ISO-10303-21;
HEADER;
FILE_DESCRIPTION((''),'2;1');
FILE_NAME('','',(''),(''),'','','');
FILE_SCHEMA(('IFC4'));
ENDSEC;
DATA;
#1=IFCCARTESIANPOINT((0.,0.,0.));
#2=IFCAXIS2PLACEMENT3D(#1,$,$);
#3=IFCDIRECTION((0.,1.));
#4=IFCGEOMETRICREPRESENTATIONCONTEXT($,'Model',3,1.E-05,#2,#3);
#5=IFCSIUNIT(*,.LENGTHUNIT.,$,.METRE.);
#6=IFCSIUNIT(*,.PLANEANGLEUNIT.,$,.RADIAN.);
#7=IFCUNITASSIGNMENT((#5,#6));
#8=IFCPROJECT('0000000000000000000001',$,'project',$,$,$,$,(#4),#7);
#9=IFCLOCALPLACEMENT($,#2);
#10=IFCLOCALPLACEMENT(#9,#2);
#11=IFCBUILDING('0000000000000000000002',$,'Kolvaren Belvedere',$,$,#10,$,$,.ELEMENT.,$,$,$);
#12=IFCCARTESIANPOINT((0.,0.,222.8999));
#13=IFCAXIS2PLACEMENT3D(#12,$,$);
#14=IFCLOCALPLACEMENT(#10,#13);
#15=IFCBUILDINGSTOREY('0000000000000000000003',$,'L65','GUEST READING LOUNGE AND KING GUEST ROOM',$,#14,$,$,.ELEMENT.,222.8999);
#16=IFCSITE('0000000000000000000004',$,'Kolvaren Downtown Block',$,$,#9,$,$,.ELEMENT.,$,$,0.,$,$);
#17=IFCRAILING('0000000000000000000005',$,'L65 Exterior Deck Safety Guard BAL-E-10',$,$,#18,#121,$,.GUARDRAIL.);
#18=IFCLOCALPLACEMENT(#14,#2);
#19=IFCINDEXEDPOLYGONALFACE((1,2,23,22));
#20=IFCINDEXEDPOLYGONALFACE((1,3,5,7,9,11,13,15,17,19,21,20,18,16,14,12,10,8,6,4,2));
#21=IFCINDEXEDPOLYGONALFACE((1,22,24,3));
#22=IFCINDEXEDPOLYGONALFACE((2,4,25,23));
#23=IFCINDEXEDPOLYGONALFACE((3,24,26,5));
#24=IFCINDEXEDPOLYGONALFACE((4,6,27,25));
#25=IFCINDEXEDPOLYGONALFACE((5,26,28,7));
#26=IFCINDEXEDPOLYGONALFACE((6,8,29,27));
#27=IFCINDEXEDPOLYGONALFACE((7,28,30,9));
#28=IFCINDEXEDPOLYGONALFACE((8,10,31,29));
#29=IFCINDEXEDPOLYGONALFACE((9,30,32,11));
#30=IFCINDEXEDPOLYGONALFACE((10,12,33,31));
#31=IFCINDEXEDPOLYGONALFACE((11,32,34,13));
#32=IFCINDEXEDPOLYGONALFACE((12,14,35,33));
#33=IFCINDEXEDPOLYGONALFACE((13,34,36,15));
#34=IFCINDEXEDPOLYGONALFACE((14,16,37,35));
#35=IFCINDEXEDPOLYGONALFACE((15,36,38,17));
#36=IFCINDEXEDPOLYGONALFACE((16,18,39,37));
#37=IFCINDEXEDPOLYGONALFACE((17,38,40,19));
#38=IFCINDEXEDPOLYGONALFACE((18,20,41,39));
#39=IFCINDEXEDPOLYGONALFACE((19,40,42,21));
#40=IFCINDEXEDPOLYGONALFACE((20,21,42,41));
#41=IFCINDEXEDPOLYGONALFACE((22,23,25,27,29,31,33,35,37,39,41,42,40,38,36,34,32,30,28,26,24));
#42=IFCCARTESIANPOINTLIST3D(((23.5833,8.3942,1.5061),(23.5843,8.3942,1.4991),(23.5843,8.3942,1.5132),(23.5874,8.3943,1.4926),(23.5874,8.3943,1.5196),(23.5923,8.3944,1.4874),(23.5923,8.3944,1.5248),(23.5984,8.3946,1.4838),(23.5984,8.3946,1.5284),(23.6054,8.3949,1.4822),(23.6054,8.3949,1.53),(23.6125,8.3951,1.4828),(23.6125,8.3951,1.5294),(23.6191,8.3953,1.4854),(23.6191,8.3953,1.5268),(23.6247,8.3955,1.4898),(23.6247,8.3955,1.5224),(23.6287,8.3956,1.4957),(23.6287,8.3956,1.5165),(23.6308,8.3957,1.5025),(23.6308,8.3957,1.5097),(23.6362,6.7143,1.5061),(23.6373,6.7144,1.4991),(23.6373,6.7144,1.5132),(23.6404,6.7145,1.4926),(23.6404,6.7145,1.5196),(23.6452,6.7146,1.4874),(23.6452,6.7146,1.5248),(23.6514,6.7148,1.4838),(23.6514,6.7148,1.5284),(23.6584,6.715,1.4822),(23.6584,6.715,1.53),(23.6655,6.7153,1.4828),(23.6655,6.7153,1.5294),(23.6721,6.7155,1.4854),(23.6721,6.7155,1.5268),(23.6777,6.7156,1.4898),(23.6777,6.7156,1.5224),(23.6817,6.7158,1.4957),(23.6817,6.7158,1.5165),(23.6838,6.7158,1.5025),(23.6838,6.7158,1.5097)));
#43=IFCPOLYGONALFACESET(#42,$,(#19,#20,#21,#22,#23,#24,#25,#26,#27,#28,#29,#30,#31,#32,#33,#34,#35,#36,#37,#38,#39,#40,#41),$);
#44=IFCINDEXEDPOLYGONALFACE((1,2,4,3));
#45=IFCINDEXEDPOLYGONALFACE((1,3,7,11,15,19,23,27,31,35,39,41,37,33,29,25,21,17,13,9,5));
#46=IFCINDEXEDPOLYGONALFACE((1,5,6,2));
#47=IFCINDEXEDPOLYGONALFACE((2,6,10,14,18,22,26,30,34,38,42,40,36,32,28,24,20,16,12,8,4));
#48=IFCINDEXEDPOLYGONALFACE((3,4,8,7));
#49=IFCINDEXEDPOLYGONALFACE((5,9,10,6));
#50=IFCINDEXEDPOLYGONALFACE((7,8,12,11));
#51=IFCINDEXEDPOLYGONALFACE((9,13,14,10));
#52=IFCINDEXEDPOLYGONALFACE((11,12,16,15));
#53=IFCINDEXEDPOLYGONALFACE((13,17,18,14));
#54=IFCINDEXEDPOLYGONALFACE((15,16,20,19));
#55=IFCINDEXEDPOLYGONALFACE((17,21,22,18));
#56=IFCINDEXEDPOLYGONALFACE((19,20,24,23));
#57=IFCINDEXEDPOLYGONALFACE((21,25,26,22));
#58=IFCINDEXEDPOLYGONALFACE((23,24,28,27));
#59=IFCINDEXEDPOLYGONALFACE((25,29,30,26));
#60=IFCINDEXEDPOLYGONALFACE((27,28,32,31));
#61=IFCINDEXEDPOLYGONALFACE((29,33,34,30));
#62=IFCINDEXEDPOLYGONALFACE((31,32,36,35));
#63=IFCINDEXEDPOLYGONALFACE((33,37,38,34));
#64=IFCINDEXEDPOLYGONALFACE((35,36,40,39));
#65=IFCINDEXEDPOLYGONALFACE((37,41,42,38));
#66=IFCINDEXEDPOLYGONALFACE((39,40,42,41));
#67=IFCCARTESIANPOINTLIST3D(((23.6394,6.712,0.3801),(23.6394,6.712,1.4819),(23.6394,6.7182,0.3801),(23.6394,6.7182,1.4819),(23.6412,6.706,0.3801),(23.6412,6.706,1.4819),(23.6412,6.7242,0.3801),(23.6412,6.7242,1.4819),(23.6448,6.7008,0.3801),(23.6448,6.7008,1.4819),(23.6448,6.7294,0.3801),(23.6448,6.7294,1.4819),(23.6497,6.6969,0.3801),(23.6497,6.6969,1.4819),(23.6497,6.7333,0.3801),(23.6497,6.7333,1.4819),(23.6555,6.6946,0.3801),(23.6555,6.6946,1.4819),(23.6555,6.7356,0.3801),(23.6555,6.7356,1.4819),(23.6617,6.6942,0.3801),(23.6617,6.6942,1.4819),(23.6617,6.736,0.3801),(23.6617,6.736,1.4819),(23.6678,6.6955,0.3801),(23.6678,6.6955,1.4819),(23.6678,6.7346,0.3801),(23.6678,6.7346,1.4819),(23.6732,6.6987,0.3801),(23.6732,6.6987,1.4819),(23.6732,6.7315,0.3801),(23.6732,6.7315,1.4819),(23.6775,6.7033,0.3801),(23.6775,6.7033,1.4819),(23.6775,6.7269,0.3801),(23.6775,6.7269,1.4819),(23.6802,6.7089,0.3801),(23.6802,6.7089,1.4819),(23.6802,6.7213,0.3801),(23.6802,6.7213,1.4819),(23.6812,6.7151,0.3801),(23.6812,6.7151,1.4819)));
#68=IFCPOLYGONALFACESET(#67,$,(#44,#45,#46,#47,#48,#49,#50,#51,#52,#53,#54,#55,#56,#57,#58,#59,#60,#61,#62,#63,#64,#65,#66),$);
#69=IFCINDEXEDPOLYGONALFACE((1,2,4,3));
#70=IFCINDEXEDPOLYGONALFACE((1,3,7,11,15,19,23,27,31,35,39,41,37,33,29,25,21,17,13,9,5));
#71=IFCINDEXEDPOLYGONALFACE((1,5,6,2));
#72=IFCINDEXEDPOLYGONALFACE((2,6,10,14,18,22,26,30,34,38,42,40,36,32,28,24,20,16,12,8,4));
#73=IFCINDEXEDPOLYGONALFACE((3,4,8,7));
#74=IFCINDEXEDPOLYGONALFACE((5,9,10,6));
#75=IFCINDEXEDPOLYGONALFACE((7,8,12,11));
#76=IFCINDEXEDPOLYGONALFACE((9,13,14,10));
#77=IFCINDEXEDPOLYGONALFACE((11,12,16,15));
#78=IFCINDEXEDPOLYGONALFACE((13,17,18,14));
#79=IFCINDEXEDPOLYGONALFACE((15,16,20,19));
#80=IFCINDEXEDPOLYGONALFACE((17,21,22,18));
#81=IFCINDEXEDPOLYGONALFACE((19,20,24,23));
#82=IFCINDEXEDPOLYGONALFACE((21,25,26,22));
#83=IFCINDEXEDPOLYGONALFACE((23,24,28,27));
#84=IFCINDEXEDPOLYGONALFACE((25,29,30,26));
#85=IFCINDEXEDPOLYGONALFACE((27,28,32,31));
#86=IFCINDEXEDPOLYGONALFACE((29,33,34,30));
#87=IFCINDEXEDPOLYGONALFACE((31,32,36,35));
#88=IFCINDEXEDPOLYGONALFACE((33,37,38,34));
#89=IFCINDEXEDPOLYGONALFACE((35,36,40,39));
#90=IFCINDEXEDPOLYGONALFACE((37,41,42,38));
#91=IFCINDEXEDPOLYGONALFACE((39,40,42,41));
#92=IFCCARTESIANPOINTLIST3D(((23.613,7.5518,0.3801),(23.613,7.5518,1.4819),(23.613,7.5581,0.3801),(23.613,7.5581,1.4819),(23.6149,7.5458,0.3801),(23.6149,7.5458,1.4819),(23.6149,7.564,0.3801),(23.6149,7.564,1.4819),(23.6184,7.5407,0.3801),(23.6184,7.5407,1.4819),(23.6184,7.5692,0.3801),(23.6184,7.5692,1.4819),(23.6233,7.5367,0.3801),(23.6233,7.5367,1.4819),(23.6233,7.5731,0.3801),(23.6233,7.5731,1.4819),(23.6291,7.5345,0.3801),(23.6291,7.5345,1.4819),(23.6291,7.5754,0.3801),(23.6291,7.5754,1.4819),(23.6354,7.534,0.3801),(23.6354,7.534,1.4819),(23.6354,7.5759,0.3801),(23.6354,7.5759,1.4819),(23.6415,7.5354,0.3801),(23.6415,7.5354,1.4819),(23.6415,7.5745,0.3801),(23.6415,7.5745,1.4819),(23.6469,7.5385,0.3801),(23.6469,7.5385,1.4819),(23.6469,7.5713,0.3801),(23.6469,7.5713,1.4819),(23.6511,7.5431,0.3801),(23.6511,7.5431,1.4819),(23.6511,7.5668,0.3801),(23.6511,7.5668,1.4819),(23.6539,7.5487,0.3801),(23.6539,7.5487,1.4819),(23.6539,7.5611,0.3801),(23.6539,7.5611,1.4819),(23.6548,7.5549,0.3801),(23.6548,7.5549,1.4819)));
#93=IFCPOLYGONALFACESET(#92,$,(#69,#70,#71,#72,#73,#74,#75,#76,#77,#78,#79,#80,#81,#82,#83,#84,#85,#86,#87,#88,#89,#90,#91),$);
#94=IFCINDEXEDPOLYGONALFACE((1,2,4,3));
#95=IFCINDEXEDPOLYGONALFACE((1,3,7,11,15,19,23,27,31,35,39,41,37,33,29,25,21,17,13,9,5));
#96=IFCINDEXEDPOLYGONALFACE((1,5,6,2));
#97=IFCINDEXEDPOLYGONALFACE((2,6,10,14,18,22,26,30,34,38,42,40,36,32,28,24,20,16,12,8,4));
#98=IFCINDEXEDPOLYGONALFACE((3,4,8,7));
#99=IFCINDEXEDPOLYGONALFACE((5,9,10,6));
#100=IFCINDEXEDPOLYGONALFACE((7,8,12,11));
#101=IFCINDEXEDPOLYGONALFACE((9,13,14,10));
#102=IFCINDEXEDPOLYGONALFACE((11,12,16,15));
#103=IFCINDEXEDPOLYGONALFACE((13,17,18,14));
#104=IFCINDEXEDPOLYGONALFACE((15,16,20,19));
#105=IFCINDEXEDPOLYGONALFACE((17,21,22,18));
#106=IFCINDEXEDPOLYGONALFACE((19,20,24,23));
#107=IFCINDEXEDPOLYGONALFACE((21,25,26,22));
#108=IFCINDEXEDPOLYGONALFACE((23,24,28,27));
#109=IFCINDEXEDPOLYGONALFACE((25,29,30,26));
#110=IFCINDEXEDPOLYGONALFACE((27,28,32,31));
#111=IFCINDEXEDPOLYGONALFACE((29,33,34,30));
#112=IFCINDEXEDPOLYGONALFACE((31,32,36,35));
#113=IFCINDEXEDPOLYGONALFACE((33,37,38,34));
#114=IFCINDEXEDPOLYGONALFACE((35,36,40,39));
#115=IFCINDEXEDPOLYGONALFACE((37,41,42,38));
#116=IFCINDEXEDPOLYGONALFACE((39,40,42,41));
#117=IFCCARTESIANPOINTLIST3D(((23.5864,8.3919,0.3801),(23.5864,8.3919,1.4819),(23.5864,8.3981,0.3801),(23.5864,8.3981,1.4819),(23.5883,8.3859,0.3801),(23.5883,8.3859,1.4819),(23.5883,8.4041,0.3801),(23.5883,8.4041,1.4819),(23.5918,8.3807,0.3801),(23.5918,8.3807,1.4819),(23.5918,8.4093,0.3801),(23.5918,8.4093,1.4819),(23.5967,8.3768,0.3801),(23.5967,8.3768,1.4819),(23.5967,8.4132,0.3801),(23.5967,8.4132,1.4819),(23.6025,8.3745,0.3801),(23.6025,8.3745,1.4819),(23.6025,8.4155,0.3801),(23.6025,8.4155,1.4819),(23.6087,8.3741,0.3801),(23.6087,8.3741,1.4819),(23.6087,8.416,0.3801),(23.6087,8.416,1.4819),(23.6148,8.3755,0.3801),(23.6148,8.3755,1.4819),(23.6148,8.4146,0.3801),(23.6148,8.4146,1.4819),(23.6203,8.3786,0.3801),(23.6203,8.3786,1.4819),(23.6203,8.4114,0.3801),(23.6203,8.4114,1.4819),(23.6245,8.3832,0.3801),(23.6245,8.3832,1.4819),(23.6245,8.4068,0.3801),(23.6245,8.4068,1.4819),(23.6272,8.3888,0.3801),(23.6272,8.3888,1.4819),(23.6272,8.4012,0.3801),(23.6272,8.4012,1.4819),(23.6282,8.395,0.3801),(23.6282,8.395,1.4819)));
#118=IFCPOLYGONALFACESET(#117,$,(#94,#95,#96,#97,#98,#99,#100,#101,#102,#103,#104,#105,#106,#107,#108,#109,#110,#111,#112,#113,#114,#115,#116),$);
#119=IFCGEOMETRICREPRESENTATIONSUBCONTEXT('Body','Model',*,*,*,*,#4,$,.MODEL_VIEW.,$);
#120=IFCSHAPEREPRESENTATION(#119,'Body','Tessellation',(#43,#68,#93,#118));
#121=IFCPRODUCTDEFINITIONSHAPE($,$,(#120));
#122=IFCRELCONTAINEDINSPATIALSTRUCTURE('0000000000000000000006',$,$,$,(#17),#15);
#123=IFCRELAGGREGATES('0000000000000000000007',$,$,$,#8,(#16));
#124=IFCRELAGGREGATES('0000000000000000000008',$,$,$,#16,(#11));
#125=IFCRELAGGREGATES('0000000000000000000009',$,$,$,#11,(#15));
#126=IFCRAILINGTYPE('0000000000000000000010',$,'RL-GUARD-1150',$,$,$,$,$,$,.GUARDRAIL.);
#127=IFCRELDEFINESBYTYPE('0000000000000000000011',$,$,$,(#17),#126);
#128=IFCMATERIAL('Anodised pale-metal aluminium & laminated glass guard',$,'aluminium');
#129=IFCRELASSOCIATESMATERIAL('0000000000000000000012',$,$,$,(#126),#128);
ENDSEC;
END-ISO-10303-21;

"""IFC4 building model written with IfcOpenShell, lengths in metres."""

from ifc_helpers import new_model, si_unit, direction, frame, origin, origin_2d, place, context, subcontext, project, spatial, circle, extrude, material, type_object, element, save


model = new_model("IFC4")

# Units and contexts
model_context = context("Model", 3, precision=1e-05, world=origin(), true_north=direction((0.0, 1.0)))
body_context = subcontext(model_context, "Body", "Model", "MODEL_VIEW")
ifc_project = project(units=[si_unit("LENGTHUNIT", "METRE"), si_unit("PLANEANGLEUNIT", "RADIAN")], contexts=[model_context])

# Site, building, storey
site_placement = place(None, origin())
site = spatial("IfcSite", under=ifc_project, at=site_placement, Name="Kolvaren Downtown Block", CompositionType="ELEMENT", RefElevation=0.0)
building_placement = place(site_placement, origin())
building = spatial("IfcBuilding", under=site, at=building_placement, Name="Kolvaren Belvedere", CompositionType="ELEMENT")
storey_placement = place(building_placement, frame((0.0, 0.0, 222.8999)))
storey = spatial("IfcBuildingStorey", under=building, at=storey_placement, Name="L65", Description="GUEST READING LOUNGE AND KING GUEST ROOM", CompositionType="ELEMENT", Elevation=222.8999)

# Railing
ifc_material_1 = material(Name="Anodised pale-metal aluminium & laminated glass guard", Category="aluminium")
railing_type = type_object("IfcRailingType", Name="RL-GUARD-1150", PredefinedType="GUARDRAIL", material=ifc_material_1)
railing_1_placement = place(storey_placement, frame((23.6602, 6.7151, 0.3801)))
element("IfcRailing", 1, at=railing_1_placement, inside=storey, type_object=railing_type, Name="L65 Exterior Deck Safety Guard BAL-E-10", PredefinedType="GUARDRAIL", context=body_context, shape_type="SweptSolid", body=[
    extrude(circle(Radius=0.0239, at=origin_2d()), frame((0.0, 0.0, 1.126), z_axis=(-0.03152, 0.999503, 0.0), x_axis=(-0.999503, -0.03152, 0.0)), (0.0, 0.0, 1.0), 1.6807),
    extrude(circle(Radius=0.021, at=origin_2d()), origin(), (0.0, 0.0, 1.0), 1.1018),
    extrude(circle(Radius=0.021, at=origin_2d()), frame((-0.0264, 0.8398, 0.0)), (0.0, 0.0, 1.0), 1.1018),
    extrude(circle(Radius=0.021, at=origin_2d()), frame((-0.053, 1.6799, 0.0)), (0.0, 0.0, 1.0), 1.1018),
])

save(model, "model.ifc")
